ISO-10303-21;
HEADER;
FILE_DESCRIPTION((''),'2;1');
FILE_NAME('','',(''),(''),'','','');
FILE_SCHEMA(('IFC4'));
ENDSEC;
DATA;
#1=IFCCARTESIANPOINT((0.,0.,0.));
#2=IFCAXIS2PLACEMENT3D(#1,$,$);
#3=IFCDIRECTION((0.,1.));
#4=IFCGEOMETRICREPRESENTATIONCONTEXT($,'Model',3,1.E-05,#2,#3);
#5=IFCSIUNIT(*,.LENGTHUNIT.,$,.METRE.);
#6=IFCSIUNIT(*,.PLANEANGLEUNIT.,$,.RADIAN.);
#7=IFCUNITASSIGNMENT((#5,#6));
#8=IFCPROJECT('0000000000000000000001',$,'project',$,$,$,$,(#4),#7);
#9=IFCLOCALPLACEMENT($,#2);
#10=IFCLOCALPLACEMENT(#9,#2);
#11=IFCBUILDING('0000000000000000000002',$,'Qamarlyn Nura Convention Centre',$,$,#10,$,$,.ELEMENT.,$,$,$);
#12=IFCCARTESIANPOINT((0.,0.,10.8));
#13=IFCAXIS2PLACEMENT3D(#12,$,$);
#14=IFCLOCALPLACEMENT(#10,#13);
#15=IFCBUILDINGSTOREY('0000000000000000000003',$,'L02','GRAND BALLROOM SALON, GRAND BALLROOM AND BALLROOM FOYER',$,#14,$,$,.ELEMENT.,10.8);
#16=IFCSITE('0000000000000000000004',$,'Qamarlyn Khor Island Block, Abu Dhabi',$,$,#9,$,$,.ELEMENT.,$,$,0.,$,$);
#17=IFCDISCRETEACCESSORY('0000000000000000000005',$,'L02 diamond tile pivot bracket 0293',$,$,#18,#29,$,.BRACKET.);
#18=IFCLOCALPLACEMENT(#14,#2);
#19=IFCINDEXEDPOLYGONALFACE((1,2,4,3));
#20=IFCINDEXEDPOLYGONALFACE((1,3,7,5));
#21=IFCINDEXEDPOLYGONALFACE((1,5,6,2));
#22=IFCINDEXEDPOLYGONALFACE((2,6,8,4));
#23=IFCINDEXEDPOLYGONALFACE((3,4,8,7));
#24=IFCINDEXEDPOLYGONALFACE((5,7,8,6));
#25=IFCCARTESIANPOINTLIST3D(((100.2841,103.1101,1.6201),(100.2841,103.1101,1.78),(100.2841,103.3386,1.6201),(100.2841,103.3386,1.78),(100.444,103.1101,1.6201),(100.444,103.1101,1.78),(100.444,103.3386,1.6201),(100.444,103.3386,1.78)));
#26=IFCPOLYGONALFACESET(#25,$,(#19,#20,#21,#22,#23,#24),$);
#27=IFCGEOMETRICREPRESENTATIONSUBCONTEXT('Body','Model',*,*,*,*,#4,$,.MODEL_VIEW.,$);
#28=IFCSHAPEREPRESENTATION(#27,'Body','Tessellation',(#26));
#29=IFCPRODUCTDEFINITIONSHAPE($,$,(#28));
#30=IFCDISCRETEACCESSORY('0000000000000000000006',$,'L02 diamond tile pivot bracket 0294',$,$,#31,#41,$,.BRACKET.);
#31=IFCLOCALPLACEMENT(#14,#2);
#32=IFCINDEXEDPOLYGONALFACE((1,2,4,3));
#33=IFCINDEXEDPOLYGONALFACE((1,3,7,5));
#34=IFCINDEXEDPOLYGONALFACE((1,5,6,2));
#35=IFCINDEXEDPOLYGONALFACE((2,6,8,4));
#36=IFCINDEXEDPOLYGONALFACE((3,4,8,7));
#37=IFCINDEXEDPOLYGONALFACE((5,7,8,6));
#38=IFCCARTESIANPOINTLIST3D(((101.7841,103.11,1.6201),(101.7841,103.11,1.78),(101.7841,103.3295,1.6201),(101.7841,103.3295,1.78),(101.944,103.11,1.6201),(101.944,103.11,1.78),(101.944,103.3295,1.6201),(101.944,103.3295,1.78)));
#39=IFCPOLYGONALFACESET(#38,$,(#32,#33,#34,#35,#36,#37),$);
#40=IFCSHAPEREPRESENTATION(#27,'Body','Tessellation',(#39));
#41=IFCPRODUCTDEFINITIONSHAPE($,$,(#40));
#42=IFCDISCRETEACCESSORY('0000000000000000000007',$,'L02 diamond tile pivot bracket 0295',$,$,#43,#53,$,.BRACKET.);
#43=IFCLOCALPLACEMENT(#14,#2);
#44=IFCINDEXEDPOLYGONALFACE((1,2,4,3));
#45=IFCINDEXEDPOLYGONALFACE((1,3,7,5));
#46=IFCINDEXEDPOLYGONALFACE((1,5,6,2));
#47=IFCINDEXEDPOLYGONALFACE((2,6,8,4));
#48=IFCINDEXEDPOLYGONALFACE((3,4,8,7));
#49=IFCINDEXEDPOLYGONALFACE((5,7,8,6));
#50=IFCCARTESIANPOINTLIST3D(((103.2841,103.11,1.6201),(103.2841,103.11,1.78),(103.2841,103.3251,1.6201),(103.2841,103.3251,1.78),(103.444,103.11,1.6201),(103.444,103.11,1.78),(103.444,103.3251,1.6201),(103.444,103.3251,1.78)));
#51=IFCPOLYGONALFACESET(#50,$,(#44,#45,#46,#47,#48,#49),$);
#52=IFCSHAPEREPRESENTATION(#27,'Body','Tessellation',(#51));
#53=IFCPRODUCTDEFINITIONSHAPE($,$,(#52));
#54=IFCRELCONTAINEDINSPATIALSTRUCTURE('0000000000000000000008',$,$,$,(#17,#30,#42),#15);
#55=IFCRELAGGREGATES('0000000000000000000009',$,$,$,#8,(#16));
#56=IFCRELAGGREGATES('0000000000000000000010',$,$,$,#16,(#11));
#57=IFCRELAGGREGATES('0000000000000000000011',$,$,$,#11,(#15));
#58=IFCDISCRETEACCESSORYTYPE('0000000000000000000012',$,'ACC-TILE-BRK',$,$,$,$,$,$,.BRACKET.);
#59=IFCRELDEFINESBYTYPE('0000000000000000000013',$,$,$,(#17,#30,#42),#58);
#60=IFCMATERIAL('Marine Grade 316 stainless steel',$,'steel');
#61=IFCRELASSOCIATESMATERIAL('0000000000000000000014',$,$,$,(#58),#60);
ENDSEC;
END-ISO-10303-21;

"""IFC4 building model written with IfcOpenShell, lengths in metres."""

from ifc_helpers import new_model, si_unit, direction, frame, origin, origin_2d, place, context, subcontext, project, spatial, rectangle, extrude, material, type_object, element, save


model = new_model("IFC4")

# Units and contexts
model_context = context("Model", 3, precision=1e-05, world=origin(), true_north=direction((0.0, 1.0)))
body_context = subcontext(model_context, "Body", "Model", "MODEL_VIEW")
ifc_project = project(units=[si_unit("LENGTHUNIT", "METRE"), si_unit("PLANEANGLEUNIT", "RADIAN")], contexts=[model_context])

# Site, building, storey
site_placement = place(None, origin())
site = spatial("IfcSite", under=ifc_project, at=site_placement, Name="Qamarlyn Khor Island Block, Abu Dhabi", CompositionType="ELEMENT", RefElevation=0.0)
building_placement = place(site_placement, origin())
building = spatial("IfcBuilding", under=site, at=building_placement, Name="Qamarlyn Nura Convention Centre", CompositionType="ELEMENT")
storey_placement = place(building_placement, frame((0.0, 0.0, 10.8)))
storey = spatial("IfcBuildingStorey", under=building, at=storey_placement, Name="L02", Description="GRAND BALLROOM SALON, GRAND BALLROOM AND BALLROOM FOYER", CompositionType="ELEMENT", Elevation=10.8)

# Discrete accessories
ifc_material_1 = material(Name="Marine Grade 316 stainless steel", Category="steel")
discrete_accessory_type_1 = type_object("IfcDiscreteAccessoryType", Name="ACC-TILE-BRK", PredefinedType="BRACKET", material=ifc_material_1)
discrete_accessory_1_placement = place(storey_placement, frame((100.364, 103.2244, 1.6201), z_axis=(0.0, 0.0, 1.0), x_axis=(0.0, 1.0, 0.0)))
element("IfcDiscreteAccessory", 1, at=discrete_accessory_1_placement, inside=storey, type_object=discrete_accessory_type_1, Name="L02 diamond tile pivot bracket 0293", PredefinedType="BRACKET", context=body_context, shape_type="SweptSolid", body=[
    extrude(rectangle(XDim=0.2285, YDim=0.1599, at=origin_2d()), origin(), (0.0, 0.0, 1.0), 0.1599),
])
discrete_accessory_2_placement = place(storey_placement, frame((101.864, 103.2197, 1.6201), z_axis=(0.0, 0.0, 1.0), x_axis=(0.0, 1.0, 0.0)))
element("IfcDiscreteAccessory", 2, at=discrete_accessory_2_placement, inside=storey, type_object=discrete_accessory_type_1, Name="L02 diamond tile pivot bracket 0294", PredefinedType="BRACKET", context=body_context, shape_type="SweptSolid", body=[
    extrude(rectangle(XDim=0.2195, YDim=0.1599, at=origin_2d()), origin(), (0.0, 0.0, 1.0), 0.1599),
])
discrete_accessory_3_placement = place(storey_placement, frame((103.364, 103.2175, 1.6201), z_axis=(0.0, 0.0, 1.0), x_axis=(0.0, 1.0, 0.0)))
element("IfcDiscreteAccessory", 3, at=discrete_accessory_3_placement, inside=storey, type_object=discrete_accessory_type_1, Name="L02 diamond tile pivot bracket 0295", PredefinedType="BRACKET", context=body_context, shape_type="SweptSolid", body=[
    extrude(rectangle(XDim=0.2151, YDim=0.1599, at=origin_2d()), origin(), (0.0, 0.0, 1.0), 0.1599),
])

save(model, "model.ifc")
